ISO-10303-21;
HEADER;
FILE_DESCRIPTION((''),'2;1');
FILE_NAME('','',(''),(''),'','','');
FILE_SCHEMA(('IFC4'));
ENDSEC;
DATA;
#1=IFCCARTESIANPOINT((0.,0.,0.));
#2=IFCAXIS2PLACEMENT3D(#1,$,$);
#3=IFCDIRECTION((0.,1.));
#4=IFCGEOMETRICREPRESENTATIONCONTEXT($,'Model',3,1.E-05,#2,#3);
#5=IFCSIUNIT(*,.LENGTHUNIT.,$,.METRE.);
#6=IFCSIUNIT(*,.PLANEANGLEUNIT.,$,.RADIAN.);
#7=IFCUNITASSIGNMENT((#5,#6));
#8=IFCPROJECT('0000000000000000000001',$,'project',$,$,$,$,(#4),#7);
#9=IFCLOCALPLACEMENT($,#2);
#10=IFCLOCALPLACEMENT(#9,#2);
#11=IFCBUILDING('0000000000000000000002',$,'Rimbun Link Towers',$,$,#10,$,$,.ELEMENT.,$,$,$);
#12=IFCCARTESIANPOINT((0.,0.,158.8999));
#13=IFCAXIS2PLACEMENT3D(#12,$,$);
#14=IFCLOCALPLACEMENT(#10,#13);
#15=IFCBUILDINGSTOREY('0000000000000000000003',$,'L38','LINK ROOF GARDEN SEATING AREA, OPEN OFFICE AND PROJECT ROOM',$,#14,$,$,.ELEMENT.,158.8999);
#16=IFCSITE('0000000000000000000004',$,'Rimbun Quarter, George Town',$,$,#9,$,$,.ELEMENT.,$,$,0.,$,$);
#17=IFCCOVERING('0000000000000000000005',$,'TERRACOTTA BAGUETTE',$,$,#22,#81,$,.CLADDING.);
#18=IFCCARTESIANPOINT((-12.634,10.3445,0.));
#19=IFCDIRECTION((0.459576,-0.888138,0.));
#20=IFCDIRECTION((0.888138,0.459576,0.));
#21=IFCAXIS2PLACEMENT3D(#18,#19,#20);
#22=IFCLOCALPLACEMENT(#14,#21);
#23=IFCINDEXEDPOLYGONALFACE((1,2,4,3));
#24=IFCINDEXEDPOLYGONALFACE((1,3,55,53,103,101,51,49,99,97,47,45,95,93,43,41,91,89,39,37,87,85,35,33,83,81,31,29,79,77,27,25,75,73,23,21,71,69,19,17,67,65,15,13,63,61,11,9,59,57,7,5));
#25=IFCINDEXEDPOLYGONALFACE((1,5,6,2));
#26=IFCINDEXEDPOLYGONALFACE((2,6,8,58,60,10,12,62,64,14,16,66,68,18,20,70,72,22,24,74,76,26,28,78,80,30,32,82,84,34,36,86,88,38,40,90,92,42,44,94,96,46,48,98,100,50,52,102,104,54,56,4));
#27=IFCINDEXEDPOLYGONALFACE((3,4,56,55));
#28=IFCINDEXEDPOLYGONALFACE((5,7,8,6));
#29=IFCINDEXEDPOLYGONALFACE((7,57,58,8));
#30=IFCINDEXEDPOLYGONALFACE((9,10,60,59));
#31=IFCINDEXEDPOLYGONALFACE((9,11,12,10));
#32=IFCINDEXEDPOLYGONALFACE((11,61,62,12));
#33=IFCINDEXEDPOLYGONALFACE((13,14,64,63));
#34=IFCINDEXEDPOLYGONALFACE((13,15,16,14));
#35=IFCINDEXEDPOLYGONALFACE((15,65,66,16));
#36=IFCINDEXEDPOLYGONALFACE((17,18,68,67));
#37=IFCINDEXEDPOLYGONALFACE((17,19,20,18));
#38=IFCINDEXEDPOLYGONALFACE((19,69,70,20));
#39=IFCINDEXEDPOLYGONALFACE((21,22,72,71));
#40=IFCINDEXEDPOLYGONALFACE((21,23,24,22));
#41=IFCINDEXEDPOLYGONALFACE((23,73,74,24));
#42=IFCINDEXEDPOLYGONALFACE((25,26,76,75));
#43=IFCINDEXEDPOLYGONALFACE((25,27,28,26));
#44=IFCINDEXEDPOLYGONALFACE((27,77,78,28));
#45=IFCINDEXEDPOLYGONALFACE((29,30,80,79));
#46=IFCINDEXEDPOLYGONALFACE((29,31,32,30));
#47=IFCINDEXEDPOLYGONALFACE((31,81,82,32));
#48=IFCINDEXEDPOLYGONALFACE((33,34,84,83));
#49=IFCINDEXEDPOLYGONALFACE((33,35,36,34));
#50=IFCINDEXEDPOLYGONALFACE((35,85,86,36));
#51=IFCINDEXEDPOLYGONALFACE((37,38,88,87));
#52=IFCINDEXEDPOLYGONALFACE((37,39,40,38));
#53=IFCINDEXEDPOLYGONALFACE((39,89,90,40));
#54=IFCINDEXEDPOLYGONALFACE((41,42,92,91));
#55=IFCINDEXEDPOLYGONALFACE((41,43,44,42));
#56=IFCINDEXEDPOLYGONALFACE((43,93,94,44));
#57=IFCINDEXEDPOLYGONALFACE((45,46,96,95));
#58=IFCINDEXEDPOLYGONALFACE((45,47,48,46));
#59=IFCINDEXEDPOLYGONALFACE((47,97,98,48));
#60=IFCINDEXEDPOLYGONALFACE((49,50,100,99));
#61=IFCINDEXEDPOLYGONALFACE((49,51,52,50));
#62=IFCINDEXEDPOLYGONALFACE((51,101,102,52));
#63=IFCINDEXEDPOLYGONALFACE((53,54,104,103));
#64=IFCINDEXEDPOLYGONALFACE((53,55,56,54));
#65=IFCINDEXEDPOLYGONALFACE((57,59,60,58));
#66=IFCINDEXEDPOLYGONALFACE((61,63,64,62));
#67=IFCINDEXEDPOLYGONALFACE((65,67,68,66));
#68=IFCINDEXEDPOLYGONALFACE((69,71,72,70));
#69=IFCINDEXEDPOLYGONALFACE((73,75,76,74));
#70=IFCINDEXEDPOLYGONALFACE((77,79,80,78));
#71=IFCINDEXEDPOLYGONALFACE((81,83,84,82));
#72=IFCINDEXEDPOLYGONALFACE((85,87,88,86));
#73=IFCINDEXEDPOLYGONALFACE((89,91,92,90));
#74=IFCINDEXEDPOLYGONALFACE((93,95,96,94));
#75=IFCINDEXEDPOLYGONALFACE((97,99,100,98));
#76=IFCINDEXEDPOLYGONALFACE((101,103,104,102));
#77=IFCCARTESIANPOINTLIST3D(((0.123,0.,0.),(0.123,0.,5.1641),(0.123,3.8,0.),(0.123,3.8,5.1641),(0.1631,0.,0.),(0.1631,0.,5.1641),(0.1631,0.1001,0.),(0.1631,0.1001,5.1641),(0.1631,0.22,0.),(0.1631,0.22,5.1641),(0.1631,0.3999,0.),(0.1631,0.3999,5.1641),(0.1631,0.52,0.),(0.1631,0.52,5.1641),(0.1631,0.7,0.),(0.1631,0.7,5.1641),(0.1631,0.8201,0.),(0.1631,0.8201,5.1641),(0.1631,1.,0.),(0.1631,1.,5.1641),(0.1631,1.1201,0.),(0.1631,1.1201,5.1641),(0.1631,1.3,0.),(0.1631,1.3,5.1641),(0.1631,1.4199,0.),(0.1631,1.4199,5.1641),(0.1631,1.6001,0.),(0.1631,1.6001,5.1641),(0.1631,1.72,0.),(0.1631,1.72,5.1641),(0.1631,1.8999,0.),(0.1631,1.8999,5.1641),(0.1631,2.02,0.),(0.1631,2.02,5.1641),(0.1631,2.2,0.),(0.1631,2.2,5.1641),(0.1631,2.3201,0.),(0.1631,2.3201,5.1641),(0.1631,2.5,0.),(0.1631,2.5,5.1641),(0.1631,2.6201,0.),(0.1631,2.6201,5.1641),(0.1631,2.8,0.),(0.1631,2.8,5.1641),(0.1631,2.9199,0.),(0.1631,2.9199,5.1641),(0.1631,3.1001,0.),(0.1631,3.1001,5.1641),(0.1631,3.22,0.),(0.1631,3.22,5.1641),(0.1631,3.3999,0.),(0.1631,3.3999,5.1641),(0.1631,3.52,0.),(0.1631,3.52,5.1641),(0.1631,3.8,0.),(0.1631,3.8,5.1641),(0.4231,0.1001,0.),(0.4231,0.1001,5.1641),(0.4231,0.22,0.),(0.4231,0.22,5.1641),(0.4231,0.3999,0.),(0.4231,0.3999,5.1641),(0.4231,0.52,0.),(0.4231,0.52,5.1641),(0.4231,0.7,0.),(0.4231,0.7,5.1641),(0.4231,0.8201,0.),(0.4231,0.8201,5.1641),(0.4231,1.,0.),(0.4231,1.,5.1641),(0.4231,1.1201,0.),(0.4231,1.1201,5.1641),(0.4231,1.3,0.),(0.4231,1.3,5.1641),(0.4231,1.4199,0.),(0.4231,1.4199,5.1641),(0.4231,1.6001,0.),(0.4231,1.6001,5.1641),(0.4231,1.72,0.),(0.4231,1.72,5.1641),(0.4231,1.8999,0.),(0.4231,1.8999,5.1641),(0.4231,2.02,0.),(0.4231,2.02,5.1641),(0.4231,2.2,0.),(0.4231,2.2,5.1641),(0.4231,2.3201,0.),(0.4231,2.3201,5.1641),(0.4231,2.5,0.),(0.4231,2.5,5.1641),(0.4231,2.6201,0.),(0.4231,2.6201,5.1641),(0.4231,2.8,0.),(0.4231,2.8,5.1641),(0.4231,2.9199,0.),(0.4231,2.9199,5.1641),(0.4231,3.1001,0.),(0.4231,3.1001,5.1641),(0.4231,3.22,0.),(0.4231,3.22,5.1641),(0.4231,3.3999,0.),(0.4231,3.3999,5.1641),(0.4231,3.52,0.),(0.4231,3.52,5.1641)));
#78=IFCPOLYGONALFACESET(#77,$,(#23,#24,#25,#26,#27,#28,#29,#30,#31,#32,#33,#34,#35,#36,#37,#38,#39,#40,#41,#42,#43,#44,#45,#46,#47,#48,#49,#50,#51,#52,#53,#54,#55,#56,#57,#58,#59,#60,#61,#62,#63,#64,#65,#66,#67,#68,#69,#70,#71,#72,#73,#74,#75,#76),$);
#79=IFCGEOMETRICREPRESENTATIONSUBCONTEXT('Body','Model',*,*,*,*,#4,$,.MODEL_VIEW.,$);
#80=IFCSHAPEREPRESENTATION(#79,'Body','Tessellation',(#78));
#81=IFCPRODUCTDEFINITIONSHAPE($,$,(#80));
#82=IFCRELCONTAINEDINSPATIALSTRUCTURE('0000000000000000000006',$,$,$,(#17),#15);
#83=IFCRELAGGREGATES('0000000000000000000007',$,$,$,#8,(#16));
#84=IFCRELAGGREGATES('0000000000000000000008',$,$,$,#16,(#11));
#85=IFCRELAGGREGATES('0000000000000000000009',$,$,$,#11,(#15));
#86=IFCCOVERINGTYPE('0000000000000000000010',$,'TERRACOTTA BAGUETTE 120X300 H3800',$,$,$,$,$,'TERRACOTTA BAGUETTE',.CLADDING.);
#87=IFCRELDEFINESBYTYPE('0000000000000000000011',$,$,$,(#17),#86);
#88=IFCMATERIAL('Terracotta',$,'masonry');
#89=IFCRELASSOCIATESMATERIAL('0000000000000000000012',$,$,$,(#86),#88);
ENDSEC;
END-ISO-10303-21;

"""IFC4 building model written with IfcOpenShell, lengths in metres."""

from ifc_helpers import new_model, si_unit, direction, frame, origin, place, context, subcontext, project, spatial, polyline, outline, extrude, material, material_profile, profile_set, type_object, element, save


model = new_model("IFC4")

# Units and contexts
model_context = context("Model", 3, precision=1e-05, world=origin(), true_north=direction((0.0, 1.0)))
body_context = subcontext(model_context, "Body", "Model", "MODEL_VIEW")
ifc_project = project(units=[si_unit("LENGTHUNIT", "METRE"), si_unit("PLANEANGLEUNIT", "RADIAN")], contexts=[model_context])

# Site, building, storey
site_placement = place(None, origin())
site = spatial("IfcSite", under=ifc_project, at=site_placement, Name="Rimbun Quarter, George Town", CompositionType="ELEMENT", RefElevation=0.0)
building_placement = place(site_placement, origin())
building = spatial("IfcBuilding", under=site, at=building_placement, Name="Rimbun Link Towers", CompositionType="ELEMENT")
storey_placement = place(building_placement, frame((0.0, 0.0, 158.8999)))
storey = spatial("IfcBuildingStorey", under=building, at=storey_placement, Name="L38", Description="LINK ROOF GARDEN SEATING AREA, OPEN OFFICE AND PROJECT ROOM", CompositionType="ELEMENT", Elevation=158.8999)

# Covering
ifc_material_1 = material(Name="Terracotta", Category="masonry")
ifc_material_profile_1 = material_profile(ifc_material_1, outline(polyline([(0.123, 0.0), (0.1631, 0.0), (0.1631, 0.1001), (0.4231, 0.1001), (0.4231, 0.22), (0.1631, 0.22), (0.1631, 0.3999), (0.4231, 0.3999), (0.4231, 0.52), (0.1631, 0.52), (0.1631, 0.7), (0.4231, 0.7), (0.4231, 0.8201), (0.1631, 0.8201), (0.1631, 1.0), (0.4231, 1.0), (0.4231, 1.1201), (0.1631, 1.1201), (0.1631, 1.3), (0.4231, 1.3), (0.4231, 1.4199), (0.1631, 1.4199), (0.1631, 1.6001), (0.4231, 1.6001), (0.4231, 1.72), (0.1631, 1.72), (0.1631, 1.8999), (0.4231, 1.8999), (0.4231, 2.02), (0.1631, 2.02), (0.1631, 2.2), (0.4231, 2.2), (0.4231, 2.3201), (0.1631, 2.3201), (0.1631, 2.5), (0.4231, 2.5), (0.4231, 2.6201), (0.1631, 2.6201), (0.1631, 2.8), (0.4231, 2.8), (0.4231, 2.9199), (0.1631, 2.9199), (0.1631, 3.1001), (0.4231, 3.1001), (0.4231, 3.22), (0.1631, 3.22), (0.1631, 3.3999), (0.4231, 3.3999), (0.4231, 3.52), (0.1631, 3.52), (0.1631, 3.8), (0.123, 3.8), (0.123, 0.0)])), Name="BAGUETTE 120X300")
ifc_profile_set_1 = profile_set([ifc_material_profile_1], Name="Terracotta")
covering_type = type_object("IfcCoveringType", Name="TERRACOTTA BAGUETTE 120X300 H3800", ElementType="TERRACOTTA BAGUETTE", PredefinedType="CLADDING", material=ifc_profile_set_1)
covering_placement = place(storey_placement, frame((-12.634, 10.3445, 0.0), z_axis=(0.459576, -0.888138, 0.0), x_axis=(0.888138, 0.459576, 0.0)))
element("IfcCovering", 1, at=covering_placement, inside=storey, type_object=covering_type, Name="TERRACOTTA BAGUETTE", PredefinedType="CLADDING", context=body_context, shape_type="SweptSolid", body=[
    extrude(outline(polyline([(0.123, 0.0), (0.1631, 0.0), (0.1631, 0.1001), (0.4231, 0.1001), (0.4231, 0.22), (0.1631, 0.22), (0.1631, 0.3999), (0.4231, 0.3999), (0.4231, 0.52), (0.1631, 0.52), (0.1631, 0.7), (0.4231, 0.7), (0.4231, 0.8201), (0.1631, 0.8201), (0.1631, 1.0), (0.4231, 1.0), (0.4231, 1.1201), (0.1631, 1.1201), (0.1631, 1.3), (0.4231, 1.3), (0.4231, 1.4199), (0.1631, 1.4199), (0.1631, 1.6001), (0.4231, 1.6001), (0.4231, 1.72), (0.1631, 1.72), (0.1631, 1.8999), (0.4231, 1.8999), (0.4231, 2.02), (0.1631, 2.02), (0.1631, 2.2), (0.4231, 2.2), (0.4231, 2.3201), (0.1631, 2.3201), (0.1631, 2.5), (0.4231, 2.5), (0.4231, 2.6201), (0.1631, 2.6201), (0.1631, 2.8), (0.4231, 2.8), (0.4231, 2.9199), (0.1631, 2.9199), (0.1631, 3.1001), (0.4231, 3.1001), (0.4231, 3.22), (0.1631, 3.22), (0.1631, 3.3999), (0.4231, 3.3999), (0.4231, 3.52), (0.1631, 3.52), (0.1631, 3.8), (0.123, 3.8), (0.123, 0.0)])), origin(), (0.0, 0.0, 1.0), 5.1641),
])

save(model, "model.ifc")
